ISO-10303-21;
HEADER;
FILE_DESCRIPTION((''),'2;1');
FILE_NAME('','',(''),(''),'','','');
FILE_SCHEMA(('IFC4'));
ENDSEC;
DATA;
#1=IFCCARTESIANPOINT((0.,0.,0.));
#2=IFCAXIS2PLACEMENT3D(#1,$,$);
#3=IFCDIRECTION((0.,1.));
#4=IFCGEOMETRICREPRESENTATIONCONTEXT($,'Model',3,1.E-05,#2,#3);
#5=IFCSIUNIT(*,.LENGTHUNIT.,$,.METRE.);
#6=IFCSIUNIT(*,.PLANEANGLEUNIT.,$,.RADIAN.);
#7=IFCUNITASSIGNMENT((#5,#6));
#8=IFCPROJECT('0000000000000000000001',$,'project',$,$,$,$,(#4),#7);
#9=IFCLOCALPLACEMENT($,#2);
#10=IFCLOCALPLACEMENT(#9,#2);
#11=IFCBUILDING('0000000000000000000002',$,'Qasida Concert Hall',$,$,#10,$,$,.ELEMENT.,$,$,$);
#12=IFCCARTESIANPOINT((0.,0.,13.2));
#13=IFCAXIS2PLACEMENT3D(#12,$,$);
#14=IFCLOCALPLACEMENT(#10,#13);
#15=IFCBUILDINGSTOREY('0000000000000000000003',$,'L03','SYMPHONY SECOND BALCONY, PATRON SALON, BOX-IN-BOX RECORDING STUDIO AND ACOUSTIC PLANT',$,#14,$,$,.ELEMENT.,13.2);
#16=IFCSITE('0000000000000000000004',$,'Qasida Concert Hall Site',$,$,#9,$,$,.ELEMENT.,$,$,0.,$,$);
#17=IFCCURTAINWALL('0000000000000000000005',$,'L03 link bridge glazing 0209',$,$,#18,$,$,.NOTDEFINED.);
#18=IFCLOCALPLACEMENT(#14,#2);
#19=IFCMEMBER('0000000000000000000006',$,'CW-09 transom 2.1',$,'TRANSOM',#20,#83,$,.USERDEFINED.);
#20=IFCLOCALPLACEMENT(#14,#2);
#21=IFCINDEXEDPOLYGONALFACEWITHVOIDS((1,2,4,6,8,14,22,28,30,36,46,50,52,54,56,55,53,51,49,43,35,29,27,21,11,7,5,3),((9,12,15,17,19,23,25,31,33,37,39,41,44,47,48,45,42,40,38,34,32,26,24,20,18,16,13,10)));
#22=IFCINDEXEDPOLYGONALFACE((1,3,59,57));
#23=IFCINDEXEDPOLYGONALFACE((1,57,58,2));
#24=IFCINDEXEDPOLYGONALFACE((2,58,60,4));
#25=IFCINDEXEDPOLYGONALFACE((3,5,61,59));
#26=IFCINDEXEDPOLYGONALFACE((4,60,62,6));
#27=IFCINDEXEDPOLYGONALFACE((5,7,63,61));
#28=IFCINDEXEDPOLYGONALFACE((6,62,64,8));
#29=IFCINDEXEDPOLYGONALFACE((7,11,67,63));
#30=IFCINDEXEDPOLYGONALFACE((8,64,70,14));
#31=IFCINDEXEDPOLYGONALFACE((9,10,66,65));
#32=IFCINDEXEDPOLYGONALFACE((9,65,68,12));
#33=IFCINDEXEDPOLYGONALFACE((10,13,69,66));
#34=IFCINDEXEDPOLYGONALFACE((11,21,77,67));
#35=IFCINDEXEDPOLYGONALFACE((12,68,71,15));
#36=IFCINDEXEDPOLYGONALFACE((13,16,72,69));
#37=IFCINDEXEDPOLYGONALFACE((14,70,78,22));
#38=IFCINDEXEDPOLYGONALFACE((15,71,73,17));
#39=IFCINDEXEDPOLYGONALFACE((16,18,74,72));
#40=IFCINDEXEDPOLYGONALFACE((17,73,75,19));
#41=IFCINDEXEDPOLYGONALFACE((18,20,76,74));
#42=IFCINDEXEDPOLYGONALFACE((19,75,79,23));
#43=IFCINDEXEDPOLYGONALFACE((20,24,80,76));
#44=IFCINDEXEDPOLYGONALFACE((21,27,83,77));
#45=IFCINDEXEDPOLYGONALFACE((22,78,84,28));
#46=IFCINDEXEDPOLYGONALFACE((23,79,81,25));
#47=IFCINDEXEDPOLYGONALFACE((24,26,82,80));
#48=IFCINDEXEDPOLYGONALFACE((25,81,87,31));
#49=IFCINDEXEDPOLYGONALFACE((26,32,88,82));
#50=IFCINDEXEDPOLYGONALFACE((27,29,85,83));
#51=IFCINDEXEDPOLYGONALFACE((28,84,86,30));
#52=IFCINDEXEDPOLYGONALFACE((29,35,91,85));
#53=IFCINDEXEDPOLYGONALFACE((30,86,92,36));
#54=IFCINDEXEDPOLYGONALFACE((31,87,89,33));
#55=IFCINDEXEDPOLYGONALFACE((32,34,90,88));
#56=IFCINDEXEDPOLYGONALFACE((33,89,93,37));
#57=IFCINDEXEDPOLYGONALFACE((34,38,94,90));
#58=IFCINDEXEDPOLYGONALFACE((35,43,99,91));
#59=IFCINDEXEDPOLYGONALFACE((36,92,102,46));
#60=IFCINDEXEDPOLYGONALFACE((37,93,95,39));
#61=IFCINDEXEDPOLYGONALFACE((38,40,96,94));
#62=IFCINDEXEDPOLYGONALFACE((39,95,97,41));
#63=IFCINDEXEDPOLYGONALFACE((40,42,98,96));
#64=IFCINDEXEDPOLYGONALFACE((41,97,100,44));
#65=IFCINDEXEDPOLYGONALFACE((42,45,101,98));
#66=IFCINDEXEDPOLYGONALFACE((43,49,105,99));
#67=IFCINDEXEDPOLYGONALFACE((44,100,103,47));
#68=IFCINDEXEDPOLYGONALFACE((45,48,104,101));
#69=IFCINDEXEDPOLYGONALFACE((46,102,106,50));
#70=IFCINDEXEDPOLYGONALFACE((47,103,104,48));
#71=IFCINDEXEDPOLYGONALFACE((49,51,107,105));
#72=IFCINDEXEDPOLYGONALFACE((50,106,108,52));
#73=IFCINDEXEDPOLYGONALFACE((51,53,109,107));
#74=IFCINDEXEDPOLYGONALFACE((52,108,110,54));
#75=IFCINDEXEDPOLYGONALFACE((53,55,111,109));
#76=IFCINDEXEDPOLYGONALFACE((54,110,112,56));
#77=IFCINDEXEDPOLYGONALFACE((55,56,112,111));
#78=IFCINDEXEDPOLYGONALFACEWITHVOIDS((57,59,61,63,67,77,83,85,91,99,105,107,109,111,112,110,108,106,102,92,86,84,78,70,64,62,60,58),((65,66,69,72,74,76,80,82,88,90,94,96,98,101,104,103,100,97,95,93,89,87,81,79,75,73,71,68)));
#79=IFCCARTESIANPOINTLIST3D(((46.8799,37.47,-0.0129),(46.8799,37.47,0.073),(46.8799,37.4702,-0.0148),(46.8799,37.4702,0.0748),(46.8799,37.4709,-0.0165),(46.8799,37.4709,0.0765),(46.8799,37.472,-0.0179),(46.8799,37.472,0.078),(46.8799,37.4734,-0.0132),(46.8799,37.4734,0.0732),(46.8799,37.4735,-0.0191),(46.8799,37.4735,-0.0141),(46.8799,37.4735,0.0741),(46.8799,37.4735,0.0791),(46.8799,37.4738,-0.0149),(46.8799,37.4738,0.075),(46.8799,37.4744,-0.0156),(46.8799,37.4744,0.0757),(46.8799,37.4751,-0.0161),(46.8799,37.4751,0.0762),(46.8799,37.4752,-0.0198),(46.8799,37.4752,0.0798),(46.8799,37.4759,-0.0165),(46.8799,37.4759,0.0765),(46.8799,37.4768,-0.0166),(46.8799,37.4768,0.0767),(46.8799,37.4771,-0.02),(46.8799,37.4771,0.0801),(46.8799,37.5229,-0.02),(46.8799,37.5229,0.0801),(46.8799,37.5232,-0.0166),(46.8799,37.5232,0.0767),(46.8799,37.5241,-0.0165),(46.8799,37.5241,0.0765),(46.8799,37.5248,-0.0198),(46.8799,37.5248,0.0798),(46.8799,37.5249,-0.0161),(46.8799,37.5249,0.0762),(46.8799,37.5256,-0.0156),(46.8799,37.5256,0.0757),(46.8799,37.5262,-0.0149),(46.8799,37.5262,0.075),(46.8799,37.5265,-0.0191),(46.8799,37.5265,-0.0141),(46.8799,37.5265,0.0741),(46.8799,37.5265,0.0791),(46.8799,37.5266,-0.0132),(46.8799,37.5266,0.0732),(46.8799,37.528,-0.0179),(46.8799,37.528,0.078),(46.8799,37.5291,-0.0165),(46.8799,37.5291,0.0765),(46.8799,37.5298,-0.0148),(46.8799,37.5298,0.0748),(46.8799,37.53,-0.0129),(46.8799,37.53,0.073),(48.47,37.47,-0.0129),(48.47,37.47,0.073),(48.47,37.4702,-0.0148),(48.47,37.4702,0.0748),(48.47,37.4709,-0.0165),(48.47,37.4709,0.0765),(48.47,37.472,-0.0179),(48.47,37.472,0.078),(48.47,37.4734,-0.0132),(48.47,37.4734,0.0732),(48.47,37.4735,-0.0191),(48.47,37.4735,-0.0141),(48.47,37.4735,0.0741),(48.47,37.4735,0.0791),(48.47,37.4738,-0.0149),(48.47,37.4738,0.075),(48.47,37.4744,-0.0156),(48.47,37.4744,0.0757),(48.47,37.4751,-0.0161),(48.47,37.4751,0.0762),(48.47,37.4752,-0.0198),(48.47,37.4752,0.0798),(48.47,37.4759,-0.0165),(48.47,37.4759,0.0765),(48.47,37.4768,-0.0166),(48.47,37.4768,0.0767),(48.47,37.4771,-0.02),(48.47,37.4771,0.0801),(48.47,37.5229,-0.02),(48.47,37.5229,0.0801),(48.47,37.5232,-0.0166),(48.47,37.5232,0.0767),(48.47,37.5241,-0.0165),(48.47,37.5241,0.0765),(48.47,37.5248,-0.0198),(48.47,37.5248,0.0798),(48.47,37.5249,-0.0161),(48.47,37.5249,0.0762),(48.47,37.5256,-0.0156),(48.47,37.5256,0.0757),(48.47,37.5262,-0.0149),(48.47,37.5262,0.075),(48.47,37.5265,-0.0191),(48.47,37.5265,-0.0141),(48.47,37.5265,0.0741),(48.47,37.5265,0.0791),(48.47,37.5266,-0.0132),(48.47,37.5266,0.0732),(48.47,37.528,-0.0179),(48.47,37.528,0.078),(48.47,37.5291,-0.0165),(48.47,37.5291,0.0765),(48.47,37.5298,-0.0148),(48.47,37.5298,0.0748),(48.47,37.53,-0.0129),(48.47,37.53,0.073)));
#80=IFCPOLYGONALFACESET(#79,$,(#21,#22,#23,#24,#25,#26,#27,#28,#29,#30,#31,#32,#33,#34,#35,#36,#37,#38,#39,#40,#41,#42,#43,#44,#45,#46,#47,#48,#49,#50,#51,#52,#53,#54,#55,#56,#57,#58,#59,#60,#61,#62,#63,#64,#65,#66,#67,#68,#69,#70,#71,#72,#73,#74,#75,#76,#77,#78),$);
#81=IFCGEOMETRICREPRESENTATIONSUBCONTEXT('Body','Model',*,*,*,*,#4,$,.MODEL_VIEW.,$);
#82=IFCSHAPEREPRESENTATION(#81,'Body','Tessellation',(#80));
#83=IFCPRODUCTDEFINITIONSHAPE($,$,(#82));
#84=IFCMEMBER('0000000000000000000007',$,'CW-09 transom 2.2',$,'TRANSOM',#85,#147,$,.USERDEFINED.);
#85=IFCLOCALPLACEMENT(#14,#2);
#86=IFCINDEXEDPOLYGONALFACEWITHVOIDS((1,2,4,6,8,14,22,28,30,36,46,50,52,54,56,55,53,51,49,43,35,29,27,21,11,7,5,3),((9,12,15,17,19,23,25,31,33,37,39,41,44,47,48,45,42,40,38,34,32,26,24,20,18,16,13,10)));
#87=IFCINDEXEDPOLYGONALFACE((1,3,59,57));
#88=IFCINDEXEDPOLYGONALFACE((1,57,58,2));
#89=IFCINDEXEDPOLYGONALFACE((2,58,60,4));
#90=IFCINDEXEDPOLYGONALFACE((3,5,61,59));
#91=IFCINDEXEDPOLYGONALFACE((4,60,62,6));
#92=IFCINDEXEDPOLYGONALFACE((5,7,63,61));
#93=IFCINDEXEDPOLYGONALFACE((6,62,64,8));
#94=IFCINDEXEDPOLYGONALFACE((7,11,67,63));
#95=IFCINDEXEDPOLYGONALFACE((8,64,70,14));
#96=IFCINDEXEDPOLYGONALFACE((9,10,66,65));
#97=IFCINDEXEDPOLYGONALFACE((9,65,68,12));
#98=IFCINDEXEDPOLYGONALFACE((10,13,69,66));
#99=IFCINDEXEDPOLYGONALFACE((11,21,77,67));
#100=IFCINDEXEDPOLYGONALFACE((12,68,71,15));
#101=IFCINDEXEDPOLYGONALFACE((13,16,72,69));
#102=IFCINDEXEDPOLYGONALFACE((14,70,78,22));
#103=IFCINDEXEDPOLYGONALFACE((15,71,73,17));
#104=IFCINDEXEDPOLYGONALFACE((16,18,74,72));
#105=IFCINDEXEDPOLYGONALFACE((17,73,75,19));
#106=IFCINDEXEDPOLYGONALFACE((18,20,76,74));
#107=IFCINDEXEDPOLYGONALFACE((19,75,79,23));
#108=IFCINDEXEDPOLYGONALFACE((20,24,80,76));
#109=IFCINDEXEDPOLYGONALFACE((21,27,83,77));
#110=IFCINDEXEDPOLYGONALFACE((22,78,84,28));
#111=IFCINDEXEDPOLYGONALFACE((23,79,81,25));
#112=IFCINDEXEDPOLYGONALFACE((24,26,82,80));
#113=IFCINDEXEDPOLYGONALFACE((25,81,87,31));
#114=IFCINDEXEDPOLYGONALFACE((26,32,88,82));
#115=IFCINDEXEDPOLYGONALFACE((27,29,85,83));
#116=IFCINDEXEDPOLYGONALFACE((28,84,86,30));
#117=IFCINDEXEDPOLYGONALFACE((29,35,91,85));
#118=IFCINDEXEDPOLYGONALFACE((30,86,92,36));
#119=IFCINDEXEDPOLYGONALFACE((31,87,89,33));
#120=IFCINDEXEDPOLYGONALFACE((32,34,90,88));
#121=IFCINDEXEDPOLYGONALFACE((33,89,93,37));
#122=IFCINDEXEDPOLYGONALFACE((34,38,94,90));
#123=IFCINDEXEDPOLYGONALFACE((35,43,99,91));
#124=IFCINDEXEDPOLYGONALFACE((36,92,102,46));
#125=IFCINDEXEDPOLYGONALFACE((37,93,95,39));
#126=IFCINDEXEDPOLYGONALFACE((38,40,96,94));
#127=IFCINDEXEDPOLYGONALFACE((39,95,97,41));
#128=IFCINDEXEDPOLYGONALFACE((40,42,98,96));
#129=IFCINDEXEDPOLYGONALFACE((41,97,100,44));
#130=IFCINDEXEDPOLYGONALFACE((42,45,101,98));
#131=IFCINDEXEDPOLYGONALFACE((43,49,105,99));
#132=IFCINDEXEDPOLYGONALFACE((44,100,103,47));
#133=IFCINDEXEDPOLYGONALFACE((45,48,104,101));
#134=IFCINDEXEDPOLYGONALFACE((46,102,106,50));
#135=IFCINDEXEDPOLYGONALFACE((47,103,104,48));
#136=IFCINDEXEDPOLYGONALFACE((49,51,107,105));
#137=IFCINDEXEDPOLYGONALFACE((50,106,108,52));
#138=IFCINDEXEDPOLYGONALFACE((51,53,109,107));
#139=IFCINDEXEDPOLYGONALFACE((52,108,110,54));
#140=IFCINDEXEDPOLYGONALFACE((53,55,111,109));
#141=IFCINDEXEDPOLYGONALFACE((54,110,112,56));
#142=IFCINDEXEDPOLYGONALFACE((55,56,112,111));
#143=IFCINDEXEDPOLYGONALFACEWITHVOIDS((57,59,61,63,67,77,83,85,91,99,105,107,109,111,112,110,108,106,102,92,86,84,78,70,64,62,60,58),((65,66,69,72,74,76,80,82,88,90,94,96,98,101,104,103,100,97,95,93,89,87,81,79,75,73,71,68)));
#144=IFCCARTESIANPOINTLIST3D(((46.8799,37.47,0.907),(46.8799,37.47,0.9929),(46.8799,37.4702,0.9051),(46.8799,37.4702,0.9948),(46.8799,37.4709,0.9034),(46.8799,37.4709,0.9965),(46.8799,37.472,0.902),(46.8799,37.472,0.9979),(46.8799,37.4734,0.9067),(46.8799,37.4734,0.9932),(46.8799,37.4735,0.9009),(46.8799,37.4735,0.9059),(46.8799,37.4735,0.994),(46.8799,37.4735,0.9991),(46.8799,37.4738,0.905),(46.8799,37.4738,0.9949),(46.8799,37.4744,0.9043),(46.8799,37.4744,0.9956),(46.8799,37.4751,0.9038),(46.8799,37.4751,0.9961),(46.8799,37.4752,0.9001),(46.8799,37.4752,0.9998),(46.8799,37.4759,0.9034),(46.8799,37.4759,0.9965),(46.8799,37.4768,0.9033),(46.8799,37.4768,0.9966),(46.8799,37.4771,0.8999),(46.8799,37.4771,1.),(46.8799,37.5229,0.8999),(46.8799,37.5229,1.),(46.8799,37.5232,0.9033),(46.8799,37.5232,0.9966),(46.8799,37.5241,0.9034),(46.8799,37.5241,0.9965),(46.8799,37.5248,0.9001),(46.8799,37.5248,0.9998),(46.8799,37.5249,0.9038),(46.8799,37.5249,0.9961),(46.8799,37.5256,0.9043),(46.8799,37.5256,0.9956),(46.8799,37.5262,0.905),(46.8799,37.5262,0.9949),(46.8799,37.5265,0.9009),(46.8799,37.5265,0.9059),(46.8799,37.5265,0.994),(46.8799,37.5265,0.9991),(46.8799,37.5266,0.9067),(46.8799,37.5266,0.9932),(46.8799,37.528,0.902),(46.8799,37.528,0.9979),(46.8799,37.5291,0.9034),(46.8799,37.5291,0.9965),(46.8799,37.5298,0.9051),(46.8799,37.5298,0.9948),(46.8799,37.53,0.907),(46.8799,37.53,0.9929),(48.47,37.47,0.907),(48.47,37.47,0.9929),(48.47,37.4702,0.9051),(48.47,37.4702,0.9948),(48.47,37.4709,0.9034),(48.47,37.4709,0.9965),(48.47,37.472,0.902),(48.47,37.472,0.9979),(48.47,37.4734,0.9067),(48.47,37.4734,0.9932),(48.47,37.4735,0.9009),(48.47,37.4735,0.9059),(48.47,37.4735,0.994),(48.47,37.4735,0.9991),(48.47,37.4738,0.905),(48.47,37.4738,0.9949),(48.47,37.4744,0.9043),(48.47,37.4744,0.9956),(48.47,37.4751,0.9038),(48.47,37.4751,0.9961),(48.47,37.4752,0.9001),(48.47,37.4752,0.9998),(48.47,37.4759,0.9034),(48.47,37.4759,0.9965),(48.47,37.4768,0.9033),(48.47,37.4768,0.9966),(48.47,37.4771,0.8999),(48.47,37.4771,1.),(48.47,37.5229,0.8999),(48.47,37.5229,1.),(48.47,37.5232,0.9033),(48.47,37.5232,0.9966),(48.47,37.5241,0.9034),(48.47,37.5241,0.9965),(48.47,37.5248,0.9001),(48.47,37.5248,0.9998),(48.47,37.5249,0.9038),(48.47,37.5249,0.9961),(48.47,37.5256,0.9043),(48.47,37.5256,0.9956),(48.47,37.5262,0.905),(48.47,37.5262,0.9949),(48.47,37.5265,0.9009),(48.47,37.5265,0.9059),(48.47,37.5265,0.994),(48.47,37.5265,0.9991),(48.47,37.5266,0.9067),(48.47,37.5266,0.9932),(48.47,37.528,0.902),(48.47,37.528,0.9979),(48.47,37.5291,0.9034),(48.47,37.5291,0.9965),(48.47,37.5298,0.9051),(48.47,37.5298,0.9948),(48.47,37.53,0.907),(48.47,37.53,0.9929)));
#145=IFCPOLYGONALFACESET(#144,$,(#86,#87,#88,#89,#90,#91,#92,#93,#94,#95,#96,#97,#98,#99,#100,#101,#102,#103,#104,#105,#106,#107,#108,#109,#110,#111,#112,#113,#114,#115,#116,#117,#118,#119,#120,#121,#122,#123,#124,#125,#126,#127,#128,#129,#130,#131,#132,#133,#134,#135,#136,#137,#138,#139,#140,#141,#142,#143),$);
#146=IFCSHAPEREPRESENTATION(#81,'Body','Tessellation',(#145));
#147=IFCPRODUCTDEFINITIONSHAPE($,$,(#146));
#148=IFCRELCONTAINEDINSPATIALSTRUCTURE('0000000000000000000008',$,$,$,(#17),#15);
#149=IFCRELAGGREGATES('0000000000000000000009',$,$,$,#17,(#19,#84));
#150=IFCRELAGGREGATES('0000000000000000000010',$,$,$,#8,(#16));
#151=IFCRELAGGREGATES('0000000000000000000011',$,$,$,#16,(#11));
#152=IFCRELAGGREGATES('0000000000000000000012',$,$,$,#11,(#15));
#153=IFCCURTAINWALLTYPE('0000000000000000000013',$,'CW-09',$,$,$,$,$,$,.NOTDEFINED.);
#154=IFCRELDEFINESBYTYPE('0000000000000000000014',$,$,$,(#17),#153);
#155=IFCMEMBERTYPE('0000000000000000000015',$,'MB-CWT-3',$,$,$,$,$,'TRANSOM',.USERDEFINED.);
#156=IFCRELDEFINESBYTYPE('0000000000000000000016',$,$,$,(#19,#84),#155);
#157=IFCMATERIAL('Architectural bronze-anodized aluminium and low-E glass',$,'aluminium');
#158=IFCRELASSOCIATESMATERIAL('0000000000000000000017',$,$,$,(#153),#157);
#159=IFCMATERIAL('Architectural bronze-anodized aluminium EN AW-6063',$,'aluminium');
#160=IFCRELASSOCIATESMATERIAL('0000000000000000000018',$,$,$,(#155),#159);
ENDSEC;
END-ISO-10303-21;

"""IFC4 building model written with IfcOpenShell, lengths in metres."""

from ifc_helpers import new_model, si_unit, direction, frame, origin, origin_2d, place, context, subcontext, project, spatial, hollow_rectangle, extrude, material, material_profile, profile_set, type_object, element, aggregate, save


model = new_model("IFC4")

# Units and contexts
model_context = context("Model", 3, precision=1e-05, world=origin(), true_north=direction((0.0, 1.0)))
body_context = subcontext(model_context, "Body", "Model", "MODEL_VIEW")
ifc_project = project(units=[si_unit("LENGTHUNIT", "METRE"), si_unit("PLANEANGLEUNIT", "RADIAN")], contexts=[model_context])

# Site, building, storey
site_placement = place(None, origin())
site = spatial("IfcSite", under=ifc_project, at=site_placement, Name="Qasida Concert Hall Site", CompositionType="ELEMENT", RefElevation=0.0)
building_placement = place(site_placement, origin())
building = spatial("IfcBuilding", under=site, at=building_placement, Name="Qasida Concert Hall", CompositionType="ELEMENT")
storey_placement = place(building_placement, frame((0.0, 0.0, 13.2)))
storey = spatial("IfcBuildingStorey", under=building, at=storey_placement, Name="L03", Description="SYMPHONY SECOND BALCONY, PATRON SALON, BOX-IN-BOX RECORDING STUDIO AND ACOUSTIC PLANT", CompositionType="ELEMENT", Elevation=13.2)

# Curtain wall, members
ifc_material_1 = material(Name="Architectural bronze-anodized aluminium and low-E glass", Category="aluminium")
curtain_wall_type = type_object("IfcCurtainWallType", Name="CW-09", PredefinedType="NOTDEFINED", material=ifc_material_1)
curtain_wall_placement = place(storey_placement, origin())
curtain_wall = element("IfcCurtainWall", 1, at=curtain_wall_placement, inside=storey, type_object=curtain_wall_type, Name="L03 link bridge glazing 0209", PredefinedType="NOTDEFINED")
ifc_material_2 = material(Name="Architectural bronze-anodized aluminium EN AW-6063", Category="aluminium")
ifc_material_profile_1 = material_profile(ifc_material_2, hollow_rectangle(XDim=0.0601, YDim=0.1001, WallThickness=0.0034, InnerFilletRadius=0.0034, OuterFilletRadius=0.0071, at=origin_2d()), Name="CWT 100x60x3.5")
ifc_profile_set_1 = profile_set([ifc_material_profile_1], Name="Architectural bronze-anodized aluminium EN AW-6063")
member_type_1 = type_object("IfcMemberType", Name="MB-CWT-3", ElementType="TRANSOM", PredefinedType="USERDEFINED", material=ifc_profile_set_1)
member_1_placement = place(storey_placement, frame((46.8799, 37.5, 0.03), z_axis=(1.0, 0.0, 0.0), x_axis=(0.0, 1.0, 0.0)))
member_1 = element("IfcMember", 2, at=member_1_placement, type_object=member_type_1, Name="CW-09 transom 2.1", ObjectType="TRANSOM", PredefinedType="USERDEFINED", context=body_context, shape_type="SweptSolid", body=[
    extrude(hollow_rectangle(XDim=0.0601, YDim=0.1001, WallThickness=0.0034, InnerFilletRadius=0.0034, OuterFilletRadius=0.0071, at=origin_2d()), origin(), (0.0, 0.0, 1.0), 1.5901),
])
member_2_placement = place(storey_placement, frame((46.8799, 37.5, 0.95), z_axis=(1.0, 0.0, 0.0), x_axis=(0.0, 1.0, 0.0)))
member_2 = element("IfcMember", 3, at=member_2_placement, type_object=member_type_1, Name="CW-09 transom 2.2", ObjectType="TRANSOM", PredefinedType="USERDEFINED", context=body_context, shape_type="SweptSolid", body=[
    extrude(hollow_rectangle(XDim=0.0601, YDim=0.1001, WallThickness=0.0034, InnerFilletRadius=0.0034, OuterFilletRadius=0.0071, at=origin_2d()), origin(), (0.0, 0.0, 1.0), 1.5901),
])
aggregate(curtain_wall, [member_1, member_2])

save(model, "model.ifc")
